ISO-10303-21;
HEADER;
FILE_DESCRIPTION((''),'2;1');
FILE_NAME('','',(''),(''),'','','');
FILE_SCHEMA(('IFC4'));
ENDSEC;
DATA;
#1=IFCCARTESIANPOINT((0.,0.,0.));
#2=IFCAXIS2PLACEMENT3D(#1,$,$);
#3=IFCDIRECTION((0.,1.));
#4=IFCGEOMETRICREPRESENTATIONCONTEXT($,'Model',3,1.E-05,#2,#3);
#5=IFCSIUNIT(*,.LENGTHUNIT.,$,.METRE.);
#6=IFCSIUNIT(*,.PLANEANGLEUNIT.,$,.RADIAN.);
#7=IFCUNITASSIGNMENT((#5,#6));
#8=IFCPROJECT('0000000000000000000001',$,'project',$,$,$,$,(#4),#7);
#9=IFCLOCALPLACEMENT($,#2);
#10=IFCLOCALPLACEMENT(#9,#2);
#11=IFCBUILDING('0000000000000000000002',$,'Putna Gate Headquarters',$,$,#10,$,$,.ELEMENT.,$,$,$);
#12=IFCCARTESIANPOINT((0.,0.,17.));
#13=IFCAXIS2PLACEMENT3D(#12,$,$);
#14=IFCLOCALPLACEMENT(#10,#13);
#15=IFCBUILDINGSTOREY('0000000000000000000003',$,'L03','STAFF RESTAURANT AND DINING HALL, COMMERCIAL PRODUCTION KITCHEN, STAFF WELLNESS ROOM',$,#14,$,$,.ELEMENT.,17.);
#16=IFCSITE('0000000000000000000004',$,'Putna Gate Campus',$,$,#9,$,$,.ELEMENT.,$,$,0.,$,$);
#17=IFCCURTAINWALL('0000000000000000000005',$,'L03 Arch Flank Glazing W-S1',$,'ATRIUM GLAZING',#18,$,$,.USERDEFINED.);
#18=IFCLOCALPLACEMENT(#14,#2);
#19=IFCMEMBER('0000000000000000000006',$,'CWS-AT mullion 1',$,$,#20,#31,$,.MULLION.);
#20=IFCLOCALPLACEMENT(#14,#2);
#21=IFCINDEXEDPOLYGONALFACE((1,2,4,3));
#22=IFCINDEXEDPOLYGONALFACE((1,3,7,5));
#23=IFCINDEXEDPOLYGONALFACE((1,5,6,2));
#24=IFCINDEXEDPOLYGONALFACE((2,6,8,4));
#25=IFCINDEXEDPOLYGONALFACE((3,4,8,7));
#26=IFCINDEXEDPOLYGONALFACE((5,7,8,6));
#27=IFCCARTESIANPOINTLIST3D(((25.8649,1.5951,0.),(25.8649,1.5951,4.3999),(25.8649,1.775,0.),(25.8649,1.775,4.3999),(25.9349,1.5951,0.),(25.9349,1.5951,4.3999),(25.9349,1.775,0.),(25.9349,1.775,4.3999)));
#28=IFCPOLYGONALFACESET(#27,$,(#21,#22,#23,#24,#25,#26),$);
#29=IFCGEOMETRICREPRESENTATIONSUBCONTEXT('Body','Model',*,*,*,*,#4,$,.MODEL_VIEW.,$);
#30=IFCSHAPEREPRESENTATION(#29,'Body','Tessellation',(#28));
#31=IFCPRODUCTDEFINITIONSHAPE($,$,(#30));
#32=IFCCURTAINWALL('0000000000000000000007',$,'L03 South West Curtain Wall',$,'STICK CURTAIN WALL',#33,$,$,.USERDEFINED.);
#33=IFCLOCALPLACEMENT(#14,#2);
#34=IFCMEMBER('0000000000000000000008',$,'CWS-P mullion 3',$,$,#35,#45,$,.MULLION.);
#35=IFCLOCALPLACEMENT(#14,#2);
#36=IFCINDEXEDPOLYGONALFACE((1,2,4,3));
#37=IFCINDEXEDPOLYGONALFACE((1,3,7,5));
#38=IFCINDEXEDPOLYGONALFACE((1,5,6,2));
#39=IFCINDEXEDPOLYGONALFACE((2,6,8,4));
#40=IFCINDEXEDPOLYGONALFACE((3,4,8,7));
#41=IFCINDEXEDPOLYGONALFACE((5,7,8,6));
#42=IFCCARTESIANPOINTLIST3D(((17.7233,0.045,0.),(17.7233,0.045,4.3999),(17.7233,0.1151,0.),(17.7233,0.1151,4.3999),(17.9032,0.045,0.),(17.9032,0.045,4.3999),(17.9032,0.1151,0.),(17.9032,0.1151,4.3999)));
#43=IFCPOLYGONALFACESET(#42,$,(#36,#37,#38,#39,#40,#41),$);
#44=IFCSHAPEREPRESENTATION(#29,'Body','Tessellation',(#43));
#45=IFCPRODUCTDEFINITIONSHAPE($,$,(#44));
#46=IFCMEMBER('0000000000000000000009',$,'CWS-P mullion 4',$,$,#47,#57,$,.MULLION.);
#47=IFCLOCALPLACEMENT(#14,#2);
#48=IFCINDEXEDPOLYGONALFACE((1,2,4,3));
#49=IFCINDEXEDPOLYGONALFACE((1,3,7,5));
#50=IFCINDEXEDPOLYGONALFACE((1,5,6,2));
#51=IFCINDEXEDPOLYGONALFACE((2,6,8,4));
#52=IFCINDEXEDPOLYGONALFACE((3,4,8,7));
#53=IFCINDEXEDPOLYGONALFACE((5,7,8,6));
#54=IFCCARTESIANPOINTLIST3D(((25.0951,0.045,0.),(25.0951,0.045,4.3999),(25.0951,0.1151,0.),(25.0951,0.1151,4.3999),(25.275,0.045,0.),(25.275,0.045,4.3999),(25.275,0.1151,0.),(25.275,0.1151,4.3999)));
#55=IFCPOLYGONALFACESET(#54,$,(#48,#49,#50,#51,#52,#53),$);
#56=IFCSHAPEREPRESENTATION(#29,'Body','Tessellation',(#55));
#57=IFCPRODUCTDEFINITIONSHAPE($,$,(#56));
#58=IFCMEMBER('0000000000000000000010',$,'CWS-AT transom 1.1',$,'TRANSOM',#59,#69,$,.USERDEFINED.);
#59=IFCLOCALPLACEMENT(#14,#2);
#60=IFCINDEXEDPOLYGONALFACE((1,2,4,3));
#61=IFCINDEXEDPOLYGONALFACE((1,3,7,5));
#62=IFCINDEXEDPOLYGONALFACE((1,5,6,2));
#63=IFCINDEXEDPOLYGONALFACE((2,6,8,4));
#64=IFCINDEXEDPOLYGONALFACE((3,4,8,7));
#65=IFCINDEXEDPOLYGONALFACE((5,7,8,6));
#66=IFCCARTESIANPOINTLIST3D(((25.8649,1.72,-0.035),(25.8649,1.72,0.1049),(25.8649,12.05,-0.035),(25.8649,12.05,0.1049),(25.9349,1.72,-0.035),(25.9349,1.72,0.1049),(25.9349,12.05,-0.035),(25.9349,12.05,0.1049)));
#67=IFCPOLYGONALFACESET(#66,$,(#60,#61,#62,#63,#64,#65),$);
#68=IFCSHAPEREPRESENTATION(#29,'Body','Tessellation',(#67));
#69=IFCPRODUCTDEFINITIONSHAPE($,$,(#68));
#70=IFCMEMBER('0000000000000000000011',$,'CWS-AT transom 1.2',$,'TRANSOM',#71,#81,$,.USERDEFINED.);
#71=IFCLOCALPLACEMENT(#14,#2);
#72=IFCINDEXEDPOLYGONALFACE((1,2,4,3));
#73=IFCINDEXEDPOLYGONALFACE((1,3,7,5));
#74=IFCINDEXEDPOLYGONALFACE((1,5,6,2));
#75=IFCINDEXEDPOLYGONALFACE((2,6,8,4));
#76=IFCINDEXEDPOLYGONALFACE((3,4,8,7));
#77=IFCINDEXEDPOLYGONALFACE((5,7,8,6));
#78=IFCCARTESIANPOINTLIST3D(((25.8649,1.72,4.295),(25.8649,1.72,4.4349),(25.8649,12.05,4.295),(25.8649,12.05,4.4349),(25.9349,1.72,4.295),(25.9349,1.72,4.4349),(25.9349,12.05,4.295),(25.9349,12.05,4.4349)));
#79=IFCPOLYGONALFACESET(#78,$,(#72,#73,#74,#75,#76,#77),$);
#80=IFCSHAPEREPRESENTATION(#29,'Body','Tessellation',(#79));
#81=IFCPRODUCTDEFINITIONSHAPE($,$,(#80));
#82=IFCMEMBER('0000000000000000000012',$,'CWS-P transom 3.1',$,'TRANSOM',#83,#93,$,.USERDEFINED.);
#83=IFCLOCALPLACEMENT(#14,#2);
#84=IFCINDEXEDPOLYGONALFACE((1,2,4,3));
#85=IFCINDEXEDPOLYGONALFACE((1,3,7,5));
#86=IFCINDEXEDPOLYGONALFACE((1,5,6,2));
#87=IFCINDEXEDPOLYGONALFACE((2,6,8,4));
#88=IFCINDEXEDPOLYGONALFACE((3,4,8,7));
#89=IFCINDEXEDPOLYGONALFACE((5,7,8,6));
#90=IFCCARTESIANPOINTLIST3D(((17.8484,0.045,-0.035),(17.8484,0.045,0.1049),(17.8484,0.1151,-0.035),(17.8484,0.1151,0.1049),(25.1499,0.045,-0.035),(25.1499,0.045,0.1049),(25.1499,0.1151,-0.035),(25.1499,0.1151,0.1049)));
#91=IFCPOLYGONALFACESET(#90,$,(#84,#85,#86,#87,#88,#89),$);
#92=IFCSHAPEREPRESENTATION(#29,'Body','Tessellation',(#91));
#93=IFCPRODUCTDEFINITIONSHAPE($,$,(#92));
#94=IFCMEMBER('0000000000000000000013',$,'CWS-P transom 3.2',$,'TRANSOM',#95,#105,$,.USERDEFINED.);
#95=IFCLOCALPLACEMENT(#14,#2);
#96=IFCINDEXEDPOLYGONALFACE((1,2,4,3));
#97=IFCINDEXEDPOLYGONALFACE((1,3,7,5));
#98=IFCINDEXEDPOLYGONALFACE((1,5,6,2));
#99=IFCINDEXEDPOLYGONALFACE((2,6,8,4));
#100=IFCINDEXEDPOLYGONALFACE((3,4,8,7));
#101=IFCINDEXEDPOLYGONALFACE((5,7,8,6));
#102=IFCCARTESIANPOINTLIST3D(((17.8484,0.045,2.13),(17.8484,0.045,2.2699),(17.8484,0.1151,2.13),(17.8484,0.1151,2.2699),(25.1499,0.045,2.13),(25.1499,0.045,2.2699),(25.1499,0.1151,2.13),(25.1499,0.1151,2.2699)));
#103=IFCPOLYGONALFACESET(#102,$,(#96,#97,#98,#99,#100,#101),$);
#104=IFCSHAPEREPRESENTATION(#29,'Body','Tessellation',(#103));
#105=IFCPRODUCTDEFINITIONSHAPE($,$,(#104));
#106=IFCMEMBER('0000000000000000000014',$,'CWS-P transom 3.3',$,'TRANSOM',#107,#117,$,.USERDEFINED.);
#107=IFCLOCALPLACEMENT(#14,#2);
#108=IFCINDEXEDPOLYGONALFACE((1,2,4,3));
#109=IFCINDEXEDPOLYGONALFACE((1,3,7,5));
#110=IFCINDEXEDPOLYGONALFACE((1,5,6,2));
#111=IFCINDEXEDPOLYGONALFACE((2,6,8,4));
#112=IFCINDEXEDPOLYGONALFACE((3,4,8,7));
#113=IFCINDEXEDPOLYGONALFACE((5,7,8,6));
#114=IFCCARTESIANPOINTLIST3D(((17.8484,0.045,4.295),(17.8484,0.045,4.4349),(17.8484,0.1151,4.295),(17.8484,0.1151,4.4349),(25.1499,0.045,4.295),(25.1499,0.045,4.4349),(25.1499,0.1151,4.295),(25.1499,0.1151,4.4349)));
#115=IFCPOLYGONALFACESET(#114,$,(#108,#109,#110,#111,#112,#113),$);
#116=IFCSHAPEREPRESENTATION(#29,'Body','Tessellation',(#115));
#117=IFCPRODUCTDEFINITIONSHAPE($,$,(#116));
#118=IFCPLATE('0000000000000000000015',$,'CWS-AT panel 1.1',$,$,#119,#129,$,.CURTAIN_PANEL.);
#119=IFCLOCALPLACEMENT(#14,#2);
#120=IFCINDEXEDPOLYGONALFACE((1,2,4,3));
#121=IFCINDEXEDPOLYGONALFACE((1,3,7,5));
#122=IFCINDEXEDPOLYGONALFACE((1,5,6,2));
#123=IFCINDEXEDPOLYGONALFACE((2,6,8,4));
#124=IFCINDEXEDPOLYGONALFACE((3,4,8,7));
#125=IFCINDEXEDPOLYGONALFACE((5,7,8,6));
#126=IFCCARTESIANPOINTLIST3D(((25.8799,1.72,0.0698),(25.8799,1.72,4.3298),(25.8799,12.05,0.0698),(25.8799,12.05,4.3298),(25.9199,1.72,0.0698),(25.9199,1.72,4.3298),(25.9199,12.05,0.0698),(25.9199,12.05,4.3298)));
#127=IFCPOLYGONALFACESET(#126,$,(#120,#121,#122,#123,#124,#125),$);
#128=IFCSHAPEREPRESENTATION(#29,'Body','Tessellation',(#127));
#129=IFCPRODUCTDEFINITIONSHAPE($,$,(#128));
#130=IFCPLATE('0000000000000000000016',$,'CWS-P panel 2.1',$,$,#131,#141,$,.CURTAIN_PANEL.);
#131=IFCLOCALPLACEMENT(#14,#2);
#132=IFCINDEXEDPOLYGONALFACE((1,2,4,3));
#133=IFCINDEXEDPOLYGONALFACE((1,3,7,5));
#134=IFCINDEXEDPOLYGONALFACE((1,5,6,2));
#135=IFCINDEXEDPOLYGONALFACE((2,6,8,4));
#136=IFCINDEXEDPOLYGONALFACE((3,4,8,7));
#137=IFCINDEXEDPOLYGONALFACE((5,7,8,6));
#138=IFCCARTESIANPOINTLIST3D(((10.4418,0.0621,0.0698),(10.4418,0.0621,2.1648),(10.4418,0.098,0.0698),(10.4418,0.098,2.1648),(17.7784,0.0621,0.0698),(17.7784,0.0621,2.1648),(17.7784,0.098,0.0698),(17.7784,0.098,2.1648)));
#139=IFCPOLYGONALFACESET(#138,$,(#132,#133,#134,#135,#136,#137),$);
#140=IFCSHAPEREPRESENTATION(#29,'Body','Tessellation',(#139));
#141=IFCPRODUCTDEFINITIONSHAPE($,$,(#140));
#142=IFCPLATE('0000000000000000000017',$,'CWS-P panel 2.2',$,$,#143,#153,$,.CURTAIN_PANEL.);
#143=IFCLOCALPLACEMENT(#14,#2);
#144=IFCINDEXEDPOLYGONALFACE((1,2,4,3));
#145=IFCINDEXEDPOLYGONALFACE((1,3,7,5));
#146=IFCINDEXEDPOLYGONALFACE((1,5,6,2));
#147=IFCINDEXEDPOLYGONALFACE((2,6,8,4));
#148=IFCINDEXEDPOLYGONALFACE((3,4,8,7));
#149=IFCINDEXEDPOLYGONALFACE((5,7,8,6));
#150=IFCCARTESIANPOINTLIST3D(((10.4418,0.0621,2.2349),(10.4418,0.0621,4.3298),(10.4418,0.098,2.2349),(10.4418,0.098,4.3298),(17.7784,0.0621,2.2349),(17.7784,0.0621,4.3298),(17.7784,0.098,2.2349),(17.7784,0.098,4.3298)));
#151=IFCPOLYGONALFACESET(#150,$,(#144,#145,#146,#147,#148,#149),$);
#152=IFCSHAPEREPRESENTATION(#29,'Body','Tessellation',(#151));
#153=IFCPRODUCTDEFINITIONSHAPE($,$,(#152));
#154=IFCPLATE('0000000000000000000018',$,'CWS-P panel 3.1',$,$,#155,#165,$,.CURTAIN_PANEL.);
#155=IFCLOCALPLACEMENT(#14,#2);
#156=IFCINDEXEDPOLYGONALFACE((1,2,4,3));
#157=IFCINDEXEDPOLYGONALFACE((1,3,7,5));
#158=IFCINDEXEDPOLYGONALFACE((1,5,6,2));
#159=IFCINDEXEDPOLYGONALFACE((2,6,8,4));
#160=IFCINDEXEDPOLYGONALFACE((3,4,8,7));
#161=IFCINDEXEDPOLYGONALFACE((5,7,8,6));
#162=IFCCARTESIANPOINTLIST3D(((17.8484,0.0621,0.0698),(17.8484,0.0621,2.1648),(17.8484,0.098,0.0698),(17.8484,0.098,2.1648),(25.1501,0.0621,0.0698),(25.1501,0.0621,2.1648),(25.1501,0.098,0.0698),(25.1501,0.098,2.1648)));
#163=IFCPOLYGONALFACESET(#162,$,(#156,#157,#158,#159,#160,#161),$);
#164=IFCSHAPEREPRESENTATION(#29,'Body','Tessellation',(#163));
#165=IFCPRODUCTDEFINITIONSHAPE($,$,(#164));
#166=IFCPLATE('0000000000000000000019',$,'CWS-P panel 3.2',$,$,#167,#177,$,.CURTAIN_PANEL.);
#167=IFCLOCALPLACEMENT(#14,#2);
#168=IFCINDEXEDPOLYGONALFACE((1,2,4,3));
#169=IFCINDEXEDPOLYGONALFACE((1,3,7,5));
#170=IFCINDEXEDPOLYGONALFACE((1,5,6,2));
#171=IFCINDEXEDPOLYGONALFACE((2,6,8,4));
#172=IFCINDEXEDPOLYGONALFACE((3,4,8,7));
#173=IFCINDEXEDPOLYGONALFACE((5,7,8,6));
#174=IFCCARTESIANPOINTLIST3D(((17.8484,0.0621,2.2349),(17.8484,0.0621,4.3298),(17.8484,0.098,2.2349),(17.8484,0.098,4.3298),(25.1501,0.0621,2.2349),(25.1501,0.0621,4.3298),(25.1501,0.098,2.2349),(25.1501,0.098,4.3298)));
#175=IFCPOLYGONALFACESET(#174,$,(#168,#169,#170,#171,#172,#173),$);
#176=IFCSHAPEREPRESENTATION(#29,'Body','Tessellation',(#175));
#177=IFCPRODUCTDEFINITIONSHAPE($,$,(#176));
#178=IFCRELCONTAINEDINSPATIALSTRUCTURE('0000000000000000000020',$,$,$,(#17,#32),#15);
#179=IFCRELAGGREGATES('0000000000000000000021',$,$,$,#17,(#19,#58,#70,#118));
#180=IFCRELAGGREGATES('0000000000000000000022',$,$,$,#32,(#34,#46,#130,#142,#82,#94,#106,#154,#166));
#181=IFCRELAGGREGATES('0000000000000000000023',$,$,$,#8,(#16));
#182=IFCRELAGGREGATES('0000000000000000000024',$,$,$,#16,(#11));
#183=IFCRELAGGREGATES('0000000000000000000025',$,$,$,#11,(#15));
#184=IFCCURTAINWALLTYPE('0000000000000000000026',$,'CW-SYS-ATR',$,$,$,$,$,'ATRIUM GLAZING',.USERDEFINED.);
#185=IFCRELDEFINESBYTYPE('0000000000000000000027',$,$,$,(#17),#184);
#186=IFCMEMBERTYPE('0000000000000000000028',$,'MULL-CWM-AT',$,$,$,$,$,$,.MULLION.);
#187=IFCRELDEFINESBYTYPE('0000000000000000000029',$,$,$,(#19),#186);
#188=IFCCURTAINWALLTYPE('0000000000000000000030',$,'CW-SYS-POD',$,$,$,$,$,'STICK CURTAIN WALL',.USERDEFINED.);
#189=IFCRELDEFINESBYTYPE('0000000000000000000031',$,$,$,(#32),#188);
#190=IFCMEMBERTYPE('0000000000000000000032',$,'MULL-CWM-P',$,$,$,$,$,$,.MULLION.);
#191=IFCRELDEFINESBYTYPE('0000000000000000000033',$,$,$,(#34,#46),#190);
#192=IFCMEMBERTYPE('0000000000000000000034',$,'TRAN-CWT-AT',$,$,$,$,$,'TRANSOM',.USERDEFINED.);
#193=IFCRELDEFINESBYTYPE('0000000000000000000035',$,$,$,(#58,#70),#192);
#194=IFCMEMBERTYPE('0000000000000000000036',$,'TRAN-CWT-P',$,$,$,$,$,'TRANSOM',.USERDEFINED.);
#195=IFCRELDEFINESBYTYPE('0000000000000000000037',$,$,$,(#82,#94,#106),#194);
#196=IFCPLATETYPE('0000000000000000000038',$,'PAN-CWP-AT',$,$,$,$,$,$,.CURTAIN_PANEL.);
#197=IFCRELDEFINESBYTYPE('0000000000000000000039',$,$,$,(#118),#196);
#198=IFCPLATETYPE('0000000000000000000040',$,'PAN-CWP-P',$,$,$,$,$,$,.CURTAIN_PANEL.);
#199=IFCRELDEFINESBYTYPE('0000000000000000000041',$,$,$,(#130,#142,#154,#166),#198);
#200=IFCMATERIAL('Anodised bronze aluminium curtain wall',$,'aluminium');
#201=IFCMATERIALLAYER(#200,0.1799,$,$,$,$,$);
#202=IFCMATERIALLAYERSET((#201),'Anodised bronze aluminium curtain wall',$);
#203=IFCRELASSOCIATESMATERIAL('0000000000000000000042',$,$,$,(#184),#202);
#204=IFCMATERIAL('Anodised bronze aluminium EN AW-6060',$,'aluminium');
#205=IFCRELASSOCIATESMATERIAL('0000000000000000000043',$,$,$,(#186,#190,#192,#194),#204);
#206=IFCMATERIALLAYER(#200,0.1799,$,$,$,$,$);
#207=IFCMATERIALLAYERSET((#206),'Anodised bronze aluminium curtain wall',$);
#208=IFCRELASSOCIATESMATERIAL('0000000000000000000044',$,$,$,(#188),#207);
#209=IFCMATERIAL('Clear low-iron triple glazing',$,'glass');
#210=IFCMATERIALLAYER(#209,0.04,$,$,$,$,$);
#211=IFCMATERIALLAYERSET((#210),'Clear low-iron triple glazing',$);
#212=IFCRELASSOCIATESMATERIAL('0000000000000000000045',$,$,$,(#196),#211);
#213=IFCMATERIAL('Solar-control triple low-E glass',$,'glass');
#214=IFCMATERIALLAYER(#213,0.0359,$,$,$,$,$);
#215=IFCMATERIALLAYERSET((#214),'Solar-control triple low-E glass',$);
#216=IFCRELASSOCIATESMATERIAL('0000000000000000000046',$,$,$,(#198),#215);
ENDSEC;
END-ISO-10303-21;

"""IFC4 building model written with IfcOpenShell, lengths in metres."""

from ifc_helpers import new_model, si_unit, direction, frame, origin, origin_2d, place, context, subcontext, project, spatial, rectangle, extrude, material, layer, layer_set, material_profile, profile_set, type_object, element, aggregate, save


model = new_model("IFC4")

# Units and contexts
model_context = context("Model", 3, precision=1e-05, world=origin(), true_north=direction((0.0, 1.0)))
body_context = subcontext(model_context, "Body", "Model", "MODEL_VIEW")
ifc_project = project(units=[si_unit("LENGTHUNIT", "METRE"), si_unit("PLANEANGLEUNIT", "RADIAN")], contexts=[model_context])

# Site, building, storey
site_placement = place(None, origin())
site = spatial("IfcSite", under=ifc_project, at=site_placement, Name="Putna Gate Campus", CompositionType="ELEMENT", RefElevation=0.0)
building_placement = place(site_placement, origin())
building = spatial("IfcBuilding", under=site, at=building_placement, Name="Putna Gate Headquarters", CompositionType="ELEMENT")
storey_placement = place(building_placement, frame((0.0, 0.0, 17.0)))
storey = spatial("IfcBuildingStorey", under=building, at=storey_placement, Name="L03", Description="STAFF RESTAURANT AND DINING HALL, COMMERCIAL PRODUCTION KITCHEN, STAFF WELLNESS ROOM", CompositionType="ELEMENT", Elevation=17.0)

# Curtain wall, member
ifc_material_1 = material(Name="Anodised bronze aluminium curtain wall", Category="aluminium")
ifc_layer_1 = layer(ifc_material_1, 0.1799)
ifc_layer_set_1 = layer_set([ifc_layer_1], Name="Anodised bronze aluminium curtain wall")
curtain_wall_type_1 = type_object("IfcCurtainWallType", Name="CW-SYS-ATR", ElementType="ATRIUM GLAZING", PredefinedType="USERDEFINED", material=ifc_layer_set_1)
curtain_wall_1_placement = place(storey_placement, origin())
curtain_wall_1 = element("IfcCurtainWall", 1, at=curtain_wall_1_placement, inside=storey, type_object=curtain_wall_type_1, Name="L03 Arch Flank Glazing W-S1", ObjectType="ATRIUM GLAZING", PredefinedType="USERDEFINED")
ifc_material_2 = material(Name="Anodised bronze aluminium EN AW-6060", Category="aluminium")
ifc_material_profile_1 = material_profile(ifc_material_2, rectangle(XDim=0.0701, YDim=0.1799, at=origin_2d()), Name="Anodised bronze aluminium EN AW-6060")
ifc_profile_set_1 = profile_set([ifc_material_profile_1], Name="Anodised bronze aluminium EN AW-6060")
member_type_1 = type_object("IfcMemberType", Name="MULL-CWM-AT", PredefinedType="MULLION", material=ifc_profile_set_1)
member_1_placement = place(storey_placement, frame((25.8999, 1.6851, 0.0), z_axis=(0.0, 0.0, 1.0), x_axis=(-1.0, 0.0, 0.0)))
member_1 = element("IfcMember", 2, at=member_1_placement, type_object=member_type_1, Name="CWS-AT mullion 1", PredefinedType="MULLION", context=body_context, shape_type="SweptSolid", body=[
    extrude(rectangle(XDim=0.0701, YDim=0.1799, at=origin_2d()), origin(), (0.0, 0.0, 1.0), 4.3999),
])

# Curtain wall, members
ifc_layer_2 = layer(ifc_material_1, 0.1799)
ifc_layer_set_2 = layer_set([ifc_layer_2], Name="Anodised bronze aluminium curtain wall")
curtain_wall_type_2 = type_object("IfcCurtainWallType", Name="CW-SYS-POD", ElementType="STICK CURTAIN WALL", PredefinedType="USERDEFINED", material=ifc_layer_set_2)
curtain_wall_2_placement = place(storey_placement, origin())
curtain_wall_2 = element("IfcCurtainWall", 3, at=curtain_wall_2_placement, inside=storey, type_object=curtain_wall_type_2, Name="L03 South West Curtain Wall", ObjectType="STICK CURTAIN WALL", PredefinedType="USERDEFINED")
ifc_material_profile_2 = material_profile(ifc_material_2, rectangle(XDim=0.0701, YDim=0.1799, at=origin_2d()), Name="Anodised bronze aluminium EN AW-6060")
ifc_profile_set_2 = profile_set([ifc_material_profile_2], Name="Anodised bronze aluminium EN AW-6060")
member_type_2 = type_object("IfcMemberType", Name="MULL-CWM-P", PredefinedType="MULLION", material=ifc_profile_set_2)
member_2_placement = place(storey_placement, frame((17.8132, 0.0801, 0.0), z_axis=(0.0, 0.0, 1.0), x_axis=(0.0, 1.0, 0.0)))
member_2 = element("IfcMember", 4, at=member_2_placement, type_object=member_type_2, Name="CWS-P mullion 3", PredefinedType="MULLION", context=body_context, shape_type="SweptSolid", body=[
    extrude(rectangle(XDim=0.0701, YDim=0.1799, at=origin_2d()), origin(), (0.0, 0.0, 1.0), 4.3999),
])
member_3_placement = place(storey_placement, frame((25.1851, 0.0801, 0.0), z_axis=(0.0, 0.0, 1.0), x_axis=(0.0, 1.0, 0.0)))
member_3 = element("IfcMember", 5, at=member_3_placement, type_object=member_type_2, Name="CWS-P mullion 4", PredefinedType="MULLION", context=body_context, shape_type="SweptSolid", body=[
    extrude(rectangle(XDim=0.0701, YDim=0.1799, at=origin_2d()), origin(), (0.0, 0.0, 1.0), 4.3999),
])

# Members
ifc_material_profile_3 = material_profile(ifc_material_2, rectangle(XDim=0.0701, YDim=0.1399, at=origin_2d()), Name="Anodised bronze aluminium EN AW-6060")
ifc_profile_set_3 = profile_set([ifc_material_profile_3], Name="Anodised bronze aluminium EN AW-6060")
member_type_3 = type_object("IfcMemberType", Name="TRAN-CWT-AT", ElementType="TRANSOM", PredefinedType="USERDEFINED", material=ifc_profile_set_3)
member_4_placement = place(storey_placement, frame((25.8999, 1.72, 0.0349), z_axis=(0.0, 1.0, 0.0), x_axis=(-1.0, 0.0, 0.0)))
member_4 = element("IfcMember", 6, at=member_4_placement, type_object=member_type_3, Name="CWS-AT transom 1.1", ObjectType="TRANSOM", PredefinedType="USERDEFINED", context=body_context, shape_type="SweptSolid", body=[
    extrude(rectangle(XDim=0.0701, YDim=0.1399, at=origin_2d()), origin(), (0.0, 0.0, 1.0), 10.3301),
])
member_5_placement = place(storey_placement, frame((25.8999, 1.72, 4.365), z_axis=(0.0, 1.0, 0.0), x_axis=(-1.0, 0.0, 0.0)))
member_5 = element("IfcMember", 7, at=member_5_placement, type_object=member_type_3, Name="CWS-AT transom 1.2", ObjectType="TRANSOM", PredefinedType="USERDEFINED", context=body_context, shape_type="SweptSolid", body=[
    extrude(rectangle(XDim=0.0701, YDim=0.1399, at=origin_2d()), origin(), (0.0, 0.0, 1.0), 10.3301),
])
ifc_material_profile_4 = material_profile(ifc_material_2, rectangle(XDim=0.0701, YDim=0.1399, at=origin_2d()), Name="Anodised bronze aluminium EN AW-6060")
ifc_profile_set_4 = profile_set([ifc_material_profile_4], Name="Anodised bronze aluminium EN AW-6060")
member_type_4 = type_object("IfcMemberType", Name="TRAN-CWT-P", ElementType="TRANSOM", PredefinedType="USERDEFINED", material=ifc_profile_set_4)
member_6_placement = place(storey_placement, frame((17.8484, 0.0801, 0.0349), z_axis=(1.0, 0.0, 0.0), x_axis=(0.0, 1.0, 0.0)))
member_6 = element("IfcMember", 8, at=member_6_placement, type_object=member_type_4, Name="CWS-P transom 3.1", ObjectType="TRANSOM", PredefinedType="USERDEFINED", context=body_context, shape_type="SweptSolid", body=[
    extrude(rectangle(XDim=0.0701, YDim=0.1399, at=origin_2d()), origin(), (0.0, 0.0, 1.0), 7.3015),
])
member_7_placement = place(storey_placement, frame((17.8484, 0.0801, 2.2), z_axis=(1.0, 0.0, 0.0), x_axis=(0.0, 1.0, 0.0)))
member_7 = element("IfcMember", 9, at=member_7_placement, type_object=member_type_4, Name="CWS-P transom 3.2", ObjectType="TRANSOM", PredefinedType="USERDEFINED", context=body_context, shape_type="SweptSolid", body=[
    extrude(rectangle(XDim=0.0701, YDim=0.1399, at=origin_2d()), origin(), (0.0, 0.0, 1.0), 7.3015),
])
member_8_placement = place(storey_placement, frame((17.8484, 0.0801, 4.365), z_axis=(1.0, 0.0, 0.0), x_axis=(0.0, 1.0, 0.0)))
member_8 = element("IfcMember", 10, at=member_8_placement, type_object=member_type_4, Name="CWS-P transom 3.3", ObjectType="TRANSOM", PredefinedType="USERDEFINED", context=body_context, shape_type="SweptSolid", body=[
    extrude(rectangle(XDim=0.0701, YDim=0.1399, at=origin_2d()), origin(), (0.0, 0.0, 1.0), 7.3015),
])

# Plates
ifc_material_3 = material(Name="Clear low-iron triple glazing", Category="glass")
ifc_layer_3 = layer(ifc_material_3, 0.04)
ifc_layer_set_3 = layer_set([ifc_layer_3], Name="Clear low-iron triple glazing")
plate_type_1 = type_object("IfcPlateType", Name="PAN-CWP-AT", PredefinedType="CURTAIN_PANEL", material=ifc_layer_set_3)
plate_1_placement = place(storey_placement, frame((25.8999, 6.885, 0.0698), z_axis=(0.0, 0.0, 1.0), x_axis=(0.0, 1.0, 0.0)))
plate_1 = element("IfcPlate", 11, at=plate_1_placement, type_object=plate_type_1, Name="CWS-AT panel 1.1", PredefinedType="CURTAIN_PANEL", context=body_context, shape_type="SweptSolid", body=[
    extrude(rectangle(XDim=10.3301, YDim=0.04, at=origin_2d()), origin(), (0.0, 0.0, 1.0), 4.26),
])
aggregate(curtain_wall_1, [member_1, member_4, member_5, plate_1])
ifc_material_4 = material(Name="Solar-control triple low-E glass", Category="glass")
ifc_layer_4 = layer(ifc_material_4, 0.0359)
ifc_layer_set_4 = layer_set([ifc_layer_4], Name="Solar-control triple low-E glass")
plate_type_2 = type_object("IfcPlateType", Name="PAN-CWP-P", PredefinedType="CURTAIN_PANEL", material=ifc_layer_set_4)
plate_2_placement = place(storey_placement, frame((14.1101, 0.0801, 0.0698), z_axis=(0.0, 0.0, 1.0), x_axis=(1.0, 0.0, 0.0)))
plate_2 = element("IfcPlate", 12, at=plate_2_placement, type_object=plate_type_2, Name="CWS-P panel 2.1", PredefinedType="CURTAIN_PANEL", context=body_context, shape_type="SweptSolid", body=[
    extrude(rectangle(XDim=7.3367, YDim=0.0359, at=origin_2d()), origin(), (0.0, 0.0, 1.0), 2.095),
])
plate_3_placement = place(storey_placement, frame((14.1101, 0.0801, 2.2349), z_axis=(0.0, 0.0, 1.0), x_axis=(1.0, 0.0, 0.0)))
plate_3 = element("IfcPlate", 13, at=plate_3_placement, type_object=plate_type_2, Name="CWS-P panel 2.2", PredefinedType="CURTAIN_PANEL", context=body_context, shape_type="SweptSolid", body=[
    extrude(rectangle(XDim=7.3367, YDim=0.0359, at=origin_2d()), origin(), (0.0, 0.0, 1.0), 2.095),
])
plate_4_placement = place(storey_placement, frame((21.4993, 0.0801, 0.0698), z_axis=(0.0, 0.0, 1.0), x_axis=(1.0, 0.0, 0.0)))
plate_4 = element("IfcPlate", 14, at=plate_4_placement, type_object=plate_type_2, Name="CWS-P panel 3.1", PredefinedType="CURTAIN_PANEL", context=body_context, shape_type="SweptSolid", body=[
    extrude(rectangle(XDim=7.3018, YDim=0.0359, at=origin_2d()), origin(), (0.0, 0.0, 1.0), 2.095),
])
plate_5_placement = place(storey_placement, frame((21.4993, 0.0801, 2.2349), z_axis=(0.0, 0.0, 1.0), x_axis=(1.0, 0.0, 0.0)))
plate_5 = element("IfcPlate", 15, at=plate_5_placement, type_object=plate_type_2, Name="CWS-P panel 3.2", PredefinedType="CURTAIN_PANEL", context=body_context, shape_type="SweptSolid", body=[
    extrude(rectangle(XDim=7.3018, YDim=0.0359, at=origin_2d()), origin(), (0.0, 0.0, 1.0), 2.095),
])
aggregate(curtain_wall_2, [member_2, member_3, plate_2, plate_3, member_6, member_7, member_8, plate_4, plate_5])

save(model, "model.ifc")
